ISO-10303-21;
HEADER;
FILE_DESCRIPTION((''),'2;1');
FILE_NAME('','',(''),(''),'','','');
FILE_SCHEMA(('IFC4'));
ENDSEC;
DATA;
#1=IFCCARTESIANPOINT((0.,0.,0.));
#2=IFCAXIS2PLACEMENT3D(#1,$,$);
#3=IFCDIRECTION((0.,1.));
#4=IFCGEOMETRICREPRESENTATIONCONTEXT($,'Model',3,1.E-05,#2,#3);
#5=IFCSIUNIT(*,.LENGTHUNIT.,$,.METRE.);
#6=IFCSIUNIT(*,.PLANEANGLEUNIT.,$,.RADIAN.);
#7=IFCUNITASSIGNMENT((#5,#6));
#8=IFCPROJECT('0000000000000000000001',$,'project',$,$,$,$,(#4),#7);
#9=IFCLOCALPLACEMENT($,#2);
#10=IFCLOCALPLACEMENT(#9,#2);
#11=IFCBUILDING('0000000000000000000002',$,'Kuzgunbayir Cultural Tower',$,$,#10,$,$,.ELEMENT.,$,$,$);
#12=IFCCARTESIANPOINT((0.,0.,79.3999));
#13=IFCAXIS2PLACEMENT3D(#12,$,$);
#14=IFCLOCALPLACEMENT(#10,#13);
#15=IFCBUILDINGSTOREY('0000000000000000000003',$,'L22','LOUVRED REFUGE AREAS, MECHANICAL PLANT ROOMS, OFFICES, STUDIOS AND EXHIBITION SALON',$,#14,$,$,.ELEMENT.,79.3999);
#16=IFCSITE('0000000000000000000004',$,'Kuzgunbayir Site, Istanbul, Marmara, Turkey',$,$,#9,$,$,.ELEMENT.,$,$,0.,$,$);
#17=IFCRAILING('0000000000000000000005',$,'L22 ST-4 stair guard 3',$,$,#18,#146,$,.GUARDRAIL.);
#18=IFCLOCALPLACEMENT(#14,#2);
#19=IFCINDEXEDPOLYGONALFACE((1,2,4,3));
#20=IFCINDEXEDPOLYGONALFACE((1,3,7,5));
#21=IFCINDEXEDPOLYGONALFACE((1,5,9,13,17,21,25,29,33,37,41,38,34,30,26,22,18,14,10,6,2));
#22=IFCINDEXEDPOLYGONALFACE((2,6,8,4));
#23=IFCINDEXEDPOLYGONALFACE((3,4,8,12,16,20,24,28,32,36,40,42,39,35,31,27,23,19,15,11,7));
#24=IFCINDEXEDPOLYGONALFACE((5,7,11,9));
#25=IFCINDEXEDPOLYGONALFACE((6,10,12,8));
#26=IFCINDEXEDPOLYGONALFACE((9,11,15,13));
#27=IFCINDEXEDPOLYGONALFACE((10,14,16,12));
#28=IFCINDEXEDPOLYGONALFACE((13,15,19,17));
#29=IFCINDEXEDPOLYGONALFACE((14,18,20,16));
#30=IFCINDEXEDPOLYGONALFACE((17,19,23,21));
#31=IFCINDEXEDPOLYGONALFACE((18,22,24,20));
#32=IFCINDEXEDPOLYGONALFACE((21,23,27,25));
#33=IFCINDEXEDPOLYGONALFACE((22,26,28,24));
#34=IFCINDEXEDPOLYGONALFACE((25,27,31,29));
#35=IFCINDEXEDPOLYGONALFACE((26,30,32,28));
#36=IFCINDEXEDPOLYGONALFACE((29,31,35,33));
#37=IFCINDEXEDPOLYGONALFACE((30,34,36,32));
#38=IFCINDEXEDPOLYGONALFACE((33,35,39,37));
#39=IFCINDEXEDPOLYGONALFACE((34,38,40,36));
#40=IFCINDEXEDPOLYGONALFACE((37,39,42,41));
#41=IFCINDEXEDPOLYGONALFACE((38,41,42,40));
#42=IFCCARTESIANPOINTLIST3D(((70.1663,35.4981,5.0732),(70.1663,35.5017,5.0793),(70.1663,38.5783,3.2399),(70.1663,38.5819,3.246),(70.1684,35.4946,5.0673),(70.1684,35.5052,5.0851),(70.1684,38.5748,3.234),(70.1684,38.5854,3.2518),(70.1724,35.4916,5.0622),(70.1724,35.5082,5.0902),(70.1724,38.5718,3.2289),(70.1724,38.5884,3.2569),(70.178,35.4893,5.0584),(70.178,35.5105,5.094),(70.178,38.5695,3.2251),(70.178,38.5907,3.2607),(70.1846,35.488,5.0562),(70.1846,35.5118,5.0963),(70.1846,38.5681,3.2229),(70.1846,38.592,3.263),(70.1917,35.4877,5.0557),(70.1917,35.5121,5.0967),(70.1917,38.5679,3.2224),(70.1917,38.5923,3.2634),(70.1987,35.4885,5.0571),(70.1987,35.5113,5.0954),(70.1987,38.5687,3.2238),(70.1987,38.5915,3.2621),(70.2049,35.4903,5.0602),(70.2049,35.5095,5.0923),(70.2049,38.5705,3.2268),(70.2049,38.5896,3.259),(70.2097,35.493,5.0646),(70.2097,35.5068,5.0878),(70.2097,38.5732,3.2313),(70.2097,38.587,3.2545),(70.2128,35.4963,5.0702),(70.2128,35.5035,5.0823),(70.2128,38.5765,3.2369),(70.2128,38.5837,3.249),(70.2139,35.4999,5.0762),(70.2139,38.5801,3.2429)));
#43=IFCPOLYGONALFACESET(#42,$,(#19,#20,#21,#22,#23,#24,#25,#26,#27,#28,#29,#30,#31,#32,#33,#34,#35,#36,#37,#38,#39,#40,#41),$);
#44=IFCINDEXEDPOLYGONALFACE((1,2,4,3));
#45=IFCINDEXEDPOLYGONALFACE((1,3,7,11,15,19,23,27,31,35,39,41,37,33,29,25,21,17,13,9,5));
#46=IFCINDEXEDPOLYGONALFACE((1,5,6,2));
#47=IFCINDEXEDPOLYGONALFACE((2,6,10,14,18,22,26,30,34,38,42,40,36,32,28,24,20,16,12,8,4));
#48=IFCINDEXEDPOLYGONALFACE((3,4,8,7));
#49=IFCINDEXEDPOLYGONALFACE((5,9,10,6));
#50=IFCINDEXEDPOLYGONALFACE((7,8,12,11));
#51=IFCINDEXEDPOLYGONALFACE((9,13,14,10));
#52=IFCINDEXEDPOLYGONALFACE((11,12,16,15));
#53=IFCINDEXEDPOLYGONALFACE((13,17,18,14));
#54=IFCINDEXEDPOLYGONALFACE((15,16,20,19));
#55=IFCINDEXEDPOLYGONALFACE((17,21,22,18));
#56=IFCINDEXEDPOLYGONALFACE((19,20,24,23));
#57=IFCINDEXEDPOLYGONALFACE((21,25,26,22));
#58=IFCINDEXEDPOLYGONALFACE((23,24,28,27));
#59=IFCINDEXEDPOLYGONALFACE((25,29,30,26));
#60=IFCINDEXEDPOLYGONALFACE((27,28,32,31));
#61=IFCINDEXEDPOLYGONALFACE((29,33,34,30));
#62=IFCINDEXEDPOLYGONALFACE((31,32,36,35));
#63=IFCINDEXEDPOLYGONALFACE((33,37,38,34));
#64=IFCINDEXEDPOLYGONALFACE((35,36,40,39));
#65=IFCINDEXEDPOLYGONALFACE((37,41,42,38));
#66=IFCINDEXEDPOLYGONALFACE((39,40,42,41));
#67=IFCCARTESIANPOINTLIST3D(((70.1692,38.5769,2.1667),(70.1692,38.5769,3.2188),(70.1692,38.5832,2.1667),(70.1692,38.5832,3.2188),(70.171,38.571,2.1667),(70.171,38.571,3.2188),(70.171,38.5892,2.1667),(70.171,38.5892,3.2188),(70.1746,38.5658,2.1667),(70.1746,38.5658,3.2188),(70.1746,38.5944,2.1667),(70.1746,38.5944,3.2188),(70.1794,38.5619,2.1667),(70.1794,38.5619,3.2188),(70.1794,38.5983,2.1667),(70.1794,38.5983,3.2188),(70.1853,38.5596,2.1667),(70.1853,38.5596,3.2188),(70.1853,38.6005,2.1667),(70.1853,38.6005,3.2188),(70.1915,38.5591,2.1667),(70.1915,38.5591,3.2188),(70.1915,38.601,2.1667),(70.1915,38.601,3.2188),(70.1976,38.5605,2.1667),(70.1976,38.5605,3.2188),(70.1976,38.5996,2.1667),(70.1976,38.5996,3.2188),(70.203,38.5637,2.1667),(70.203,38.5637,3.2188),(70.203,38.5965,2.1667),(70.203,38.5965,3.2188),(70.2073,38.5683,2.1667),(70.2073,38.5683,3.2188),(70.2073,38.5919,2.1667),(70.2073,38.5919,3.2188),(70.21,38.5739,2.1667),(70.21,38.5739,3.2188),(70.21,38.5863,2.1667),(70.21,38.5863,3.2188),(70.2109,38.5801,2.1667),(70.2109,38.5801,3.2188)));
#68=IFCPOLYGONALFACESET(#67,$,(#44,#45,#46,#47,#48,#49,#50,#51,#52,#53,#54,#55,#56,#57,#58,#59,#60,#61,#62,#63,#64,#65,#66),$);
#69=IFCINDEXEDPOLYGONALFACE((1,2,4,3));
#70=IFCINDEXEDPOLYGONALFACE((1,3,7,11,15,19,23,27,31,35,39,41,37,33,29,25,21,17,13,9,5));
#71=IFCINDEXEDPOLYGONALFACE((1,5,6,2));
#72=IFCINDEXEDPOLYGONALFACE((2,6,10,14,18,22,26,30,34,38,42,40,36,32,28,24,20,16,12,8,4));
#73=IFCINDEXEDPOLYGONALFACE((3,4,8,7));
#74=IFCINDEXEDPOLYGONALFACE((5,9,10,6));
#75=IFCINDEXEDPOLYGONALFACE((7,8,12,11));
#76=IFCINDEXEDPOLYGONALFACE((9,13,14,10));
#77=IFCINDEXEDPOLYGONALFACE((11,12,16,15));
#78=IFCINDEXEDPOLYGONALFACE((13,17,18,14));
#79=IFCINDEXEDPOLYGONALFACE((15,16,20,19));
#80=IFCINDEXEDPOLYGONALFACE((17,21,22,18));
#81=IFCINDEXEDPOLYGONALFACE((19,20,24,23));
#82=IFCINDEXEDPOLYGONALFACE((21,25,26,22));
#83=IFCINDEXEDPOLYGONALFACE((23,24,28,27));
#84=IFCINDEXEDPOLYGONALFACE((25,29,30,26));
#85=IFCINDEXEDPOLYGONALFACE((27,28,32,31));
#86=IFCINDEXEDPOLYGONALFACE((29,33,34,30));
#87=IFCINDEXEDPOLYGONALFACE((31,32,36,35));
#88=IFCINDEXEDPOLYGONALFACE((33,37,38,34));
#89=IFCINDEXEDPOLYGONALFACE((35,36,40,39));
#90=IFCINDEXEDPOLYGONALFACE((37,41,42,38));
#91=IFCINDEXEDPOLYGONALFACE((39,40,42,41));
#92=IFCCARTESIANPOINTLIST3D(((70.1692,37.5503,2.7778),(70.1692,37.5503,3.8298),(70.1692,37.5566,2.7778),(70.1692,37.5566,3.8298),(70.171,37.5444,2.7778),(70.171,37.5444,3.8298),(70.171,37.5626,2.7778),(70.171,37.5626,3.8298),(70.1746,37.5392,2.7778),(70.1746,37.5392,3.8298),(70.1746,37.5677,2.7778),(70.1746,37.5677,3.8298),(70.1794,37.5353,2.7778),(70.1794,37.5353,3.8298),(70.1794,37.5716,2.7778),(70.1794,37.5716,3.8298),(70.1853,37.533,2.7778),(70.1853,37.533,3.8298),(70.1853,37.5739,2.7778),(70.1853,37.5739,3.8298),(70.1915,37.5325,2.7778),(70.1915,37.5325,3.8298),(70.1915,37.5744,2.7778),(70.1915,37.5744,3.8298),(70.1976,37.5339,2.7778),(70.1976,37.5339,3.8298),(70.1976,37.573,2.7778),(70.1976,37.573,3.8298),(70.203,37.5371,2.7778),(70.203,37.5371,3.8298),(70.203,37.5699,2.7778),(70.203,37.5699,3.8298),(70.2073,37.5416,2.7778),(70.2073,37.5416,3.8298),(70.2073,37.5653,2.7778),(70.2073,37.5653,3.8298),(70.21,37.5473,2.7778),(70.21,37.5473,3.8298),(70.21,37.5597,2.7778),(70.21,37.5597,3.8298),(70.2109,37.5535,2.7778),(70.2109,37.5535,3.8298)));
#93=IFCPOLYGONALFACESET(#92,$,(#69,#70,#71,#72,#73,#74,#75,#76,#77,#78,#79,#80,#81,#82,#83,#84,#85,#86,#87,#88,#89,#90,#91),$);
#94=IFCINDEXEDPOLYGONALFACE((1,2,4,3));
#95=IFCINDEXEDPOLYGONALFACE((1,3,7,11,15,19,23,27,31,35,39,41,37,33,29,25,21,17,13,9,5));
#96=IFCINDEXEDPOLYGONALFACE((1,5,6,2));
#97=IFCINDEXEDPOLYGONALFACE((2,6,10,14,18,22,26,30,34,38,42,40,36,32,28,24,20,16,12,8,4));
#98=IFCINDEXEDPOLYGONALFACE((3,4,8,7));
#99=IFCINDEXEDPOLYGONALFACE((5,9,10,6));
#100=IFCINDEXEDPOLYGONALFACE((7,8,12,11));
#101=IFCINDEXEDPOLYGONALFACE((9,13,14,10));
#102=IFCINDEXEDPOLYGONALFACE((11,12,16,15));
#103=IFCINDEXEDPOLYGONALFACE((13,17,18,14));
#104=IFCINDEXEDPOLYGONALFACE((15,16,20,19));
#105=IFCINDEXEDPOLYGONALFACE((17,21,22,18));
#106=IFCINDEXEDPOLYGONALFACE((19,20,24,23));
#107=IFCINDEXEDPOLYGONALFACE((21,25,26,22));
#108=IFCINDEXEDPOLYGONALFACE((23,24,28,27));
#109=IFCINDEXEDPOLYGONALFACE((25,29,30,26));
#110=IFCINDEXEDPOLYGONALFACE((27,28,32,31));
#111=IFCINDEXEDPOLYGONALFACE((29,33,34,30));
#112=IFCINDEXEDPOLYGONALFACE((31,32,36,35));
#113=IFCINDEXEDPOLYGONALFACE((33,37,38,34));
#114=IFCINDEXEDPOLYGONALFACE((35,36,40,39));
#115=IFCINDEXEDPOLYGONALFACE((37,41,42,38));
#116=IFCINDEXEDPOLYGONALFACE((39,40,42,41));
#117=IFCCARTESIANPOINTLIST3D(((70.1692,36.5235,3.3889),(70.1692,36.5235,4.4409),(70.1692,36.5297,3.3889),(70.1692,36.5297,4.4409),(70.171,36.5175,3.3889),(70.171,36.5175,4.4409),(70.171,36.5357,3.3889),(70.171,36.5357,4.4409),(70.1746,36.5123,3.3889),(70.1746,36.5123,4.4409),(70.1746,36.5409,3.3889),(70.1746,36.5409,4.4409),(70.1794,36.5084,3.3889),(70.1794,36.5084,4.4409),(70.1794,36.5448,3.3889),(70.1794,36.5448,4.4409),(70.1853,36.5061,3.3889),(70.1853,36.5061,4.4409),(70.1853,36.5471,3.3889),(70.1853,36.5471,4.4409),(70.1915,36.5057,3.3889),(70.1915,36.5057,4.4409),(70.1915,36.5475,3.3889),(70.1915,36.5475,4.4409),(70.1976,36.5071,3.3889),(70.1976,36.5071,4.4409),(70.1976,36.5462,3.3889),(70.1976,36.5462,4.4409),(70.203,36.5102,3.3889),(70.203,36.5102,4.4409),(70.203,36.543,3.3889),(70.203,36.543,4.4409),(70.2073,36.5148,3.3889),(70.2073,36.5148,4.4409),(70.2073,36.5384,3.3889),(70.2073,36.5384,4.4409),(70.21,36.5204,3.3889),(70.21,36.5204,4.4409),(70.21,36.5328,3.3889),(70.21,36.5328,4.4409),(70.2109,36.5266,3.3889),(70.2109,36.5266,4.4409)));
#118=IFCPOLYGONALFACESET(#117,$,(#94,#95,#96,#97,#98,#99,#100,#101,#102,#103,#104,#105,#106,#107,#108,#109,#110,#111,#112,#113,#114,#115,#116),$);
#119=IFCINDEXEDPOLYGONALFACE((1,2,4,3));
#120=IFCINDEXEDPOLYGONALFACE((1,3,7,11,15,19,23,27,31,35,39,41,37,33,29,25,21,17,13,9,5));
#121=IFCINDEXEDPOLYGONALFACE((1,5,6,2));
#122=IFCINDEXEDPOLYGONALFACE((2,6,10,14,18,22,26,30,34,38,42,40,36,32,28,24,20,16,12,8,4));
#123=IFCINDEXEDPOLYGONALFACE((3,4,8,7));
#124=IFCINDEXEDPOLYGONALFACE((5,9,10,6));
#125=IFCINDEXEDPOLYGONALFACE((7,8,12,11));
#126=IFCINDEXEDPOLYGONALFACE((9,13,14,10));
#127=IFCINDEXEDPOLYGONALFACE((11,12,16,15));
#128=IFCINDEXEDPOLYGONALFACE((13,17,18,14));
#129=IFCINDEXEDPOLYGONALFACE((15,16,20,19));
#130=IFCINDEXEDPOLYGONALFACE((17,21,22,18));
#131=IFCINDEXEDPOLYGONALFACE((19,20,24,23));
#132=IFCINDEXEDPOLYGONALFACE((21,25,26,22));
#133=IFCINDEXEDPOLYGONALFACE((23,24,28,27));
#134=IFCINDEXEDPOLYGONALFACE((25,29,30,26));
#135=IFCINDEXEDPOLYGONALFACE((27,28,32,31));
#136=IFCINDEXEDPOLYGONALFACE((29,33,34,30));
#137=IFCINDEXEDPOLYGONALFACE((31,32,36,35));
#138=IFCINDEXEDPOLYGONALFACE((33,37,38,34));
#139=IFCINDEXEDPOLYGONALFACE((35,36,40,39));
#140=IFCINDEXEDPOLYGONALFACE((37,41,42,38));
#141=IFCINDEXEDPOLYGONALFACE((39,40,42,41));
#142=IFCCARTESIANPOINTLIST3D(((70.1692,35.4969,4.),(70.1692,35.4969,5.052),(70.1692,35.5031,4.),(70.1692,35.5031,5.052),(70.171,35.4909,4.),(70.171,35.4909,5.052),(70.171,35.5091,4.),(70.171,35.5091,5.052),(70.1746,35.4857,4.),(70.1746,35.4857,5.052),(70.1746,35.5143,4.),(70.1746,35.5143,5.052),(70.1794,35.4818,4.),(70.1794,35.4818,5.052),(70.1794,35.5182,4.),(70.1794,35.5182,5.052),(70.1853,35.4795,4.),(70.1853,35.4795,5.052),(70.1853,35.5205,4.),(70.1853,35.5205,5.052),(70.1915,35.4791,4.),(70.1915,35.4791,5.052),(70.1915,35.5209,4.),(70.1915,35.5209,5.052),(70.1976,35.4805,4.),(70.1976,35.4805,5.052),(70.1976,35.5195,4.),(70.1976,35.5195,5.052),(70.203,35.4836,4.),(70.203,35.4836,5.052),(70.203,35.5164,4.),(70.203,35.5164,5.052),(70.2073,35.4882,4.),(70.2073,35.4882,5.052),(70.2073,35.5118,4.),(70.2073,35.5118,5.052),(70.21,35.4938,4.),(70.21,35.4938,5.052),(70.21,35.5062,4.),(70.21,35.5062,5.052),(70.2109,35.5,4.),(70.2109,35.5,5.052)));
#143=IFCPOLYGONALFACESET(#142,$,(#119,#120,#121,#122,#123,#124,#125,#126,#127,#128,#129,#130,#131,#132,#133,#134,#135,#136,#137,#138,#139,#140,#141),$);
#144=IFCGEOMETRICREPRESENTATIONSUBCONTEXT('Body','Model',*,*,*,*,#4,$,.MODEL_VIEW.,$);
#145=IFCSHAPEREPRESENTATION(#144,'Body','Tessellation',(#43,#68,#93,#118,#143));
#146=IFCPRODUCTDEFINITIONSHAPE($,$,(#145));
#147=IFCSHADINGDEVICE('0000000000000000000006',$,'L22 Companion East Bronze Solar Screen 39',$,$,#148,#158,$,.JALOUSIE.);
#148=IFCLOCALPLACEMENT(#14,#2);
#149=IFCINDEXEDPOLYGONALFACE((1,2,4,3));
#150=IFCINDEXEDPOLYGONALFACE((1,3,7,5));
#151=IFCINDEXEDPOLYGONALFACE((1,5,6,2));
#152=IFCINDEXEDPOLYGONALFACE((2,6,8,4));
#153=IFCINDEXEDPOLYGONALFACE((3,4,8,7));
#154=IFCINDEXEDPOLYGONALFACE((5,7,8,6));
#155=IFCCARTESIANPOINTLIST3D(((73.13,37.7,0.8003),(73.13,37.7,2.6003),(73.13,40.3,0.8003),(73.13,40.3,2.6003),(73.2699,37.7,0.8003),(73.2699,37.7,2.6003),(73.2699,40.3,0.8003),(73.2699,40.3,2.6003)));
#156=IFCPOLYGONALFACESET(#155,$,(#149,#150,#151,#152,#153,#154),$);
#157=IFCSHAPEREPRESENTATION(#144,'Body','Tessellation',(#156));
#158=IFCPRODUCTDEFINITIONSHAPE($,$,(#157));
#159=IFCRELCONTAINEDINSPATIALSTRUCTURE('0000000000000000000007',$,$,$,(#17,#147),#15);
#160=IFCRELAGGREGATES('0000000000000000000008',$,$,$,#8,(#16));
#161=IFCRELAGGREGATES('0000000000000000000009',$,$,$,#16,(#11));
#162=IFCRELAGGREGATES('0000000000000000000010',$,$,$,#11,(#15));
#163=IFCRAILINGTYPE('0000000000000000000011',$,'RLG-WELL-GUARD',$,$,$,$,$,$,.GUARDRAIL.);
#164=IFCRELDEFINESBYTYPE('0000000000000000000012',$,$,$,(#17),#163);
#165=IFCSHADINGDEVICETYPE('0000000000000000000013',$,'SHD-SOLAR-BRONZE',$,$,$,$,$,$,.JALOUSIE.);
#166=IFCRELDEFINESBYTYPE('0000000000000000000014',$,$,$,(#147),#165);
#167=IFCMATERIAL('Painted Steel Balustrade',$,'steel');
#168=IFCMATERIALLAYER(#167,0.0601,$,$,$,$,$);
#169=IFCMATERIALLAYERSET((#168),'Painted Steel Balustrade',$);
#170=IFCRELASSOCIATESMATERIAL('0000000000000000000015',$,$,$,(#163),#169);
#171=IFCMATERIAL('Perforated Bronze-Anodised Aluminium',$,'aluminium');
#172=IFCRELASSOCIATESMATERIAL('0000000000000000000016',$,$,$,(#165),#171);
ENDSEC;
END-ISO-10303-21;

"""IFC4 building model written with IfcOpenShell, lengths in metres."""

from ifc_helpers import new_model, si_unit, direction, frame, origin, origin_2d, place, context, subcontext, project, spatial, rectangle, circle, extrude, material, layer, layer_set, type_object, element, save


model = new_model("IFC4")

# Units and contexts
model_context = context("Model", 3, precision=1e-05, world=origin(), true_north=direction((0.0, 1.0)))
body_context = subcontext(model_context, "Body", "Model", "MODEL_VIEW")
ifc_project = project(units=[si_unit("LENGTHUNIT", "METRE"), si_unit("PLANEANGLEUNIT", "RADIAN")], contexts=[model_context])

# Site, building, storey
site_placement = place(None, origin())
site = spatial("IfcSite", under=ifc_project, at=site_placement, Name="Kuzgunbayir Site, Istanbul, Marmara, Turkey", CompositionType="ELEMENT", RefElevation=0.0)
building_placement = place(site_placement, origin())
building = spatial("IfcBuilding", under=site, at=building_placement, Name="Kuzgunbayir Cultural Tower", CompositionType="ELEMENT")
storey_placement = place(building_placement, frame((0.0, 0.0, 79.3999)))
storey = spatial("IfcBuildingStorey", under=building, at=storey_placement, Name="L22", Description="LOUVRED REFUGE AREAS, MECHANICAL PLANT ROOMS, OFFICES, STUDIOS AND EXHIBITION SALON", CompositionType="ELEMENT", Elevation=79.3999)

# Railing
ifc_material_1 = material(Name="Painted Steel Balustrade", Category="steel")
ifc_layer_1 = layer(ifc_material_1, 0.0601)
ifc_layer_set_1 = layer_set([ifc_layer_1], Name="Painted Steel Balustrade")
railing_type_1 = type_object("IfcRailingType", Name="RLG-WELL-GUARD", PredefinedType="GUARDRAIL", material=ifc_layer_set_1)
railing_1_placement = place(storey_placement, frame((70.1899, 38.5801, 2.1667)))
element("IfcRailing", 1, at=railing_1_placement, inside=storey, type_object=railing_type_1, Name="L22 ST-4 stair guard 3", PredefinedType="GUARDRAIL", context=body_context, shape_type="SweptSolid", body=[
    extrude(circle(Radius=0.0239, at=origin_2d()), frame((0.0, 0.0, 1.0762), z_axis=(0.0, -0.859309, 0.511458), x_axis=(1.0, 0.0, 0.0)), (0.0, 0.0, 1.0), 3.5845),
    extrude(circle(Radius=0.021, at=origin_2d()), origin(), (0.0, 0.0, 1.0), 1.052),
    extrude(circle(Radius=0.021, at=origin_2d()), frame((0.0, -1.0266, 0.6111)), (0.0, 0.0, 1.0), 1.052),
    extrude(circle(Radius=0.021, at=origin_2d()), frame((0.0, -2.0535, 1.2222)), (0.0, 0.0, 1.0), 1.052),
    extrude(circle(Radius=0.021, at=origin_2d()), frame((0.0, -3.0801, 1.8333)), (0.0, 0.0, 1.0), 1.052),
])

# Shading device
ifc_material_2 = material(Name="Perforated Bronze-Anodised Aluminium", Category="aluminium")
shading_device_type = type_object("IfcShadingDeviceType", Name="SHD-SOLAR-BRONZE", PredefinedType="JALOUSIE", material=ifc_material_2)
shading_device_placement = place(storey_placement, frame((73.2, 39.0, 0.8003), z_axis=(0.0, 0.0, 1.0), x_axis=(1.0, 0.0, 0.0)))
element("IfcShadingDevice", 2, at=shading_device_placement, inside=storey, type_object=shading_device_type, Name="L22 Companion East Bronze Solar Screen 39", PredefinedType="JALOUSIE", context=body_context, shape_type="SweptSolid", body=[
    extrude(rectangle(XDim=0.1399, YDim=2.6001, at=origin_2d()), origin(), (0.0, 0.0, 1.0), 1.8),
])

save(model, "model.ifc")
